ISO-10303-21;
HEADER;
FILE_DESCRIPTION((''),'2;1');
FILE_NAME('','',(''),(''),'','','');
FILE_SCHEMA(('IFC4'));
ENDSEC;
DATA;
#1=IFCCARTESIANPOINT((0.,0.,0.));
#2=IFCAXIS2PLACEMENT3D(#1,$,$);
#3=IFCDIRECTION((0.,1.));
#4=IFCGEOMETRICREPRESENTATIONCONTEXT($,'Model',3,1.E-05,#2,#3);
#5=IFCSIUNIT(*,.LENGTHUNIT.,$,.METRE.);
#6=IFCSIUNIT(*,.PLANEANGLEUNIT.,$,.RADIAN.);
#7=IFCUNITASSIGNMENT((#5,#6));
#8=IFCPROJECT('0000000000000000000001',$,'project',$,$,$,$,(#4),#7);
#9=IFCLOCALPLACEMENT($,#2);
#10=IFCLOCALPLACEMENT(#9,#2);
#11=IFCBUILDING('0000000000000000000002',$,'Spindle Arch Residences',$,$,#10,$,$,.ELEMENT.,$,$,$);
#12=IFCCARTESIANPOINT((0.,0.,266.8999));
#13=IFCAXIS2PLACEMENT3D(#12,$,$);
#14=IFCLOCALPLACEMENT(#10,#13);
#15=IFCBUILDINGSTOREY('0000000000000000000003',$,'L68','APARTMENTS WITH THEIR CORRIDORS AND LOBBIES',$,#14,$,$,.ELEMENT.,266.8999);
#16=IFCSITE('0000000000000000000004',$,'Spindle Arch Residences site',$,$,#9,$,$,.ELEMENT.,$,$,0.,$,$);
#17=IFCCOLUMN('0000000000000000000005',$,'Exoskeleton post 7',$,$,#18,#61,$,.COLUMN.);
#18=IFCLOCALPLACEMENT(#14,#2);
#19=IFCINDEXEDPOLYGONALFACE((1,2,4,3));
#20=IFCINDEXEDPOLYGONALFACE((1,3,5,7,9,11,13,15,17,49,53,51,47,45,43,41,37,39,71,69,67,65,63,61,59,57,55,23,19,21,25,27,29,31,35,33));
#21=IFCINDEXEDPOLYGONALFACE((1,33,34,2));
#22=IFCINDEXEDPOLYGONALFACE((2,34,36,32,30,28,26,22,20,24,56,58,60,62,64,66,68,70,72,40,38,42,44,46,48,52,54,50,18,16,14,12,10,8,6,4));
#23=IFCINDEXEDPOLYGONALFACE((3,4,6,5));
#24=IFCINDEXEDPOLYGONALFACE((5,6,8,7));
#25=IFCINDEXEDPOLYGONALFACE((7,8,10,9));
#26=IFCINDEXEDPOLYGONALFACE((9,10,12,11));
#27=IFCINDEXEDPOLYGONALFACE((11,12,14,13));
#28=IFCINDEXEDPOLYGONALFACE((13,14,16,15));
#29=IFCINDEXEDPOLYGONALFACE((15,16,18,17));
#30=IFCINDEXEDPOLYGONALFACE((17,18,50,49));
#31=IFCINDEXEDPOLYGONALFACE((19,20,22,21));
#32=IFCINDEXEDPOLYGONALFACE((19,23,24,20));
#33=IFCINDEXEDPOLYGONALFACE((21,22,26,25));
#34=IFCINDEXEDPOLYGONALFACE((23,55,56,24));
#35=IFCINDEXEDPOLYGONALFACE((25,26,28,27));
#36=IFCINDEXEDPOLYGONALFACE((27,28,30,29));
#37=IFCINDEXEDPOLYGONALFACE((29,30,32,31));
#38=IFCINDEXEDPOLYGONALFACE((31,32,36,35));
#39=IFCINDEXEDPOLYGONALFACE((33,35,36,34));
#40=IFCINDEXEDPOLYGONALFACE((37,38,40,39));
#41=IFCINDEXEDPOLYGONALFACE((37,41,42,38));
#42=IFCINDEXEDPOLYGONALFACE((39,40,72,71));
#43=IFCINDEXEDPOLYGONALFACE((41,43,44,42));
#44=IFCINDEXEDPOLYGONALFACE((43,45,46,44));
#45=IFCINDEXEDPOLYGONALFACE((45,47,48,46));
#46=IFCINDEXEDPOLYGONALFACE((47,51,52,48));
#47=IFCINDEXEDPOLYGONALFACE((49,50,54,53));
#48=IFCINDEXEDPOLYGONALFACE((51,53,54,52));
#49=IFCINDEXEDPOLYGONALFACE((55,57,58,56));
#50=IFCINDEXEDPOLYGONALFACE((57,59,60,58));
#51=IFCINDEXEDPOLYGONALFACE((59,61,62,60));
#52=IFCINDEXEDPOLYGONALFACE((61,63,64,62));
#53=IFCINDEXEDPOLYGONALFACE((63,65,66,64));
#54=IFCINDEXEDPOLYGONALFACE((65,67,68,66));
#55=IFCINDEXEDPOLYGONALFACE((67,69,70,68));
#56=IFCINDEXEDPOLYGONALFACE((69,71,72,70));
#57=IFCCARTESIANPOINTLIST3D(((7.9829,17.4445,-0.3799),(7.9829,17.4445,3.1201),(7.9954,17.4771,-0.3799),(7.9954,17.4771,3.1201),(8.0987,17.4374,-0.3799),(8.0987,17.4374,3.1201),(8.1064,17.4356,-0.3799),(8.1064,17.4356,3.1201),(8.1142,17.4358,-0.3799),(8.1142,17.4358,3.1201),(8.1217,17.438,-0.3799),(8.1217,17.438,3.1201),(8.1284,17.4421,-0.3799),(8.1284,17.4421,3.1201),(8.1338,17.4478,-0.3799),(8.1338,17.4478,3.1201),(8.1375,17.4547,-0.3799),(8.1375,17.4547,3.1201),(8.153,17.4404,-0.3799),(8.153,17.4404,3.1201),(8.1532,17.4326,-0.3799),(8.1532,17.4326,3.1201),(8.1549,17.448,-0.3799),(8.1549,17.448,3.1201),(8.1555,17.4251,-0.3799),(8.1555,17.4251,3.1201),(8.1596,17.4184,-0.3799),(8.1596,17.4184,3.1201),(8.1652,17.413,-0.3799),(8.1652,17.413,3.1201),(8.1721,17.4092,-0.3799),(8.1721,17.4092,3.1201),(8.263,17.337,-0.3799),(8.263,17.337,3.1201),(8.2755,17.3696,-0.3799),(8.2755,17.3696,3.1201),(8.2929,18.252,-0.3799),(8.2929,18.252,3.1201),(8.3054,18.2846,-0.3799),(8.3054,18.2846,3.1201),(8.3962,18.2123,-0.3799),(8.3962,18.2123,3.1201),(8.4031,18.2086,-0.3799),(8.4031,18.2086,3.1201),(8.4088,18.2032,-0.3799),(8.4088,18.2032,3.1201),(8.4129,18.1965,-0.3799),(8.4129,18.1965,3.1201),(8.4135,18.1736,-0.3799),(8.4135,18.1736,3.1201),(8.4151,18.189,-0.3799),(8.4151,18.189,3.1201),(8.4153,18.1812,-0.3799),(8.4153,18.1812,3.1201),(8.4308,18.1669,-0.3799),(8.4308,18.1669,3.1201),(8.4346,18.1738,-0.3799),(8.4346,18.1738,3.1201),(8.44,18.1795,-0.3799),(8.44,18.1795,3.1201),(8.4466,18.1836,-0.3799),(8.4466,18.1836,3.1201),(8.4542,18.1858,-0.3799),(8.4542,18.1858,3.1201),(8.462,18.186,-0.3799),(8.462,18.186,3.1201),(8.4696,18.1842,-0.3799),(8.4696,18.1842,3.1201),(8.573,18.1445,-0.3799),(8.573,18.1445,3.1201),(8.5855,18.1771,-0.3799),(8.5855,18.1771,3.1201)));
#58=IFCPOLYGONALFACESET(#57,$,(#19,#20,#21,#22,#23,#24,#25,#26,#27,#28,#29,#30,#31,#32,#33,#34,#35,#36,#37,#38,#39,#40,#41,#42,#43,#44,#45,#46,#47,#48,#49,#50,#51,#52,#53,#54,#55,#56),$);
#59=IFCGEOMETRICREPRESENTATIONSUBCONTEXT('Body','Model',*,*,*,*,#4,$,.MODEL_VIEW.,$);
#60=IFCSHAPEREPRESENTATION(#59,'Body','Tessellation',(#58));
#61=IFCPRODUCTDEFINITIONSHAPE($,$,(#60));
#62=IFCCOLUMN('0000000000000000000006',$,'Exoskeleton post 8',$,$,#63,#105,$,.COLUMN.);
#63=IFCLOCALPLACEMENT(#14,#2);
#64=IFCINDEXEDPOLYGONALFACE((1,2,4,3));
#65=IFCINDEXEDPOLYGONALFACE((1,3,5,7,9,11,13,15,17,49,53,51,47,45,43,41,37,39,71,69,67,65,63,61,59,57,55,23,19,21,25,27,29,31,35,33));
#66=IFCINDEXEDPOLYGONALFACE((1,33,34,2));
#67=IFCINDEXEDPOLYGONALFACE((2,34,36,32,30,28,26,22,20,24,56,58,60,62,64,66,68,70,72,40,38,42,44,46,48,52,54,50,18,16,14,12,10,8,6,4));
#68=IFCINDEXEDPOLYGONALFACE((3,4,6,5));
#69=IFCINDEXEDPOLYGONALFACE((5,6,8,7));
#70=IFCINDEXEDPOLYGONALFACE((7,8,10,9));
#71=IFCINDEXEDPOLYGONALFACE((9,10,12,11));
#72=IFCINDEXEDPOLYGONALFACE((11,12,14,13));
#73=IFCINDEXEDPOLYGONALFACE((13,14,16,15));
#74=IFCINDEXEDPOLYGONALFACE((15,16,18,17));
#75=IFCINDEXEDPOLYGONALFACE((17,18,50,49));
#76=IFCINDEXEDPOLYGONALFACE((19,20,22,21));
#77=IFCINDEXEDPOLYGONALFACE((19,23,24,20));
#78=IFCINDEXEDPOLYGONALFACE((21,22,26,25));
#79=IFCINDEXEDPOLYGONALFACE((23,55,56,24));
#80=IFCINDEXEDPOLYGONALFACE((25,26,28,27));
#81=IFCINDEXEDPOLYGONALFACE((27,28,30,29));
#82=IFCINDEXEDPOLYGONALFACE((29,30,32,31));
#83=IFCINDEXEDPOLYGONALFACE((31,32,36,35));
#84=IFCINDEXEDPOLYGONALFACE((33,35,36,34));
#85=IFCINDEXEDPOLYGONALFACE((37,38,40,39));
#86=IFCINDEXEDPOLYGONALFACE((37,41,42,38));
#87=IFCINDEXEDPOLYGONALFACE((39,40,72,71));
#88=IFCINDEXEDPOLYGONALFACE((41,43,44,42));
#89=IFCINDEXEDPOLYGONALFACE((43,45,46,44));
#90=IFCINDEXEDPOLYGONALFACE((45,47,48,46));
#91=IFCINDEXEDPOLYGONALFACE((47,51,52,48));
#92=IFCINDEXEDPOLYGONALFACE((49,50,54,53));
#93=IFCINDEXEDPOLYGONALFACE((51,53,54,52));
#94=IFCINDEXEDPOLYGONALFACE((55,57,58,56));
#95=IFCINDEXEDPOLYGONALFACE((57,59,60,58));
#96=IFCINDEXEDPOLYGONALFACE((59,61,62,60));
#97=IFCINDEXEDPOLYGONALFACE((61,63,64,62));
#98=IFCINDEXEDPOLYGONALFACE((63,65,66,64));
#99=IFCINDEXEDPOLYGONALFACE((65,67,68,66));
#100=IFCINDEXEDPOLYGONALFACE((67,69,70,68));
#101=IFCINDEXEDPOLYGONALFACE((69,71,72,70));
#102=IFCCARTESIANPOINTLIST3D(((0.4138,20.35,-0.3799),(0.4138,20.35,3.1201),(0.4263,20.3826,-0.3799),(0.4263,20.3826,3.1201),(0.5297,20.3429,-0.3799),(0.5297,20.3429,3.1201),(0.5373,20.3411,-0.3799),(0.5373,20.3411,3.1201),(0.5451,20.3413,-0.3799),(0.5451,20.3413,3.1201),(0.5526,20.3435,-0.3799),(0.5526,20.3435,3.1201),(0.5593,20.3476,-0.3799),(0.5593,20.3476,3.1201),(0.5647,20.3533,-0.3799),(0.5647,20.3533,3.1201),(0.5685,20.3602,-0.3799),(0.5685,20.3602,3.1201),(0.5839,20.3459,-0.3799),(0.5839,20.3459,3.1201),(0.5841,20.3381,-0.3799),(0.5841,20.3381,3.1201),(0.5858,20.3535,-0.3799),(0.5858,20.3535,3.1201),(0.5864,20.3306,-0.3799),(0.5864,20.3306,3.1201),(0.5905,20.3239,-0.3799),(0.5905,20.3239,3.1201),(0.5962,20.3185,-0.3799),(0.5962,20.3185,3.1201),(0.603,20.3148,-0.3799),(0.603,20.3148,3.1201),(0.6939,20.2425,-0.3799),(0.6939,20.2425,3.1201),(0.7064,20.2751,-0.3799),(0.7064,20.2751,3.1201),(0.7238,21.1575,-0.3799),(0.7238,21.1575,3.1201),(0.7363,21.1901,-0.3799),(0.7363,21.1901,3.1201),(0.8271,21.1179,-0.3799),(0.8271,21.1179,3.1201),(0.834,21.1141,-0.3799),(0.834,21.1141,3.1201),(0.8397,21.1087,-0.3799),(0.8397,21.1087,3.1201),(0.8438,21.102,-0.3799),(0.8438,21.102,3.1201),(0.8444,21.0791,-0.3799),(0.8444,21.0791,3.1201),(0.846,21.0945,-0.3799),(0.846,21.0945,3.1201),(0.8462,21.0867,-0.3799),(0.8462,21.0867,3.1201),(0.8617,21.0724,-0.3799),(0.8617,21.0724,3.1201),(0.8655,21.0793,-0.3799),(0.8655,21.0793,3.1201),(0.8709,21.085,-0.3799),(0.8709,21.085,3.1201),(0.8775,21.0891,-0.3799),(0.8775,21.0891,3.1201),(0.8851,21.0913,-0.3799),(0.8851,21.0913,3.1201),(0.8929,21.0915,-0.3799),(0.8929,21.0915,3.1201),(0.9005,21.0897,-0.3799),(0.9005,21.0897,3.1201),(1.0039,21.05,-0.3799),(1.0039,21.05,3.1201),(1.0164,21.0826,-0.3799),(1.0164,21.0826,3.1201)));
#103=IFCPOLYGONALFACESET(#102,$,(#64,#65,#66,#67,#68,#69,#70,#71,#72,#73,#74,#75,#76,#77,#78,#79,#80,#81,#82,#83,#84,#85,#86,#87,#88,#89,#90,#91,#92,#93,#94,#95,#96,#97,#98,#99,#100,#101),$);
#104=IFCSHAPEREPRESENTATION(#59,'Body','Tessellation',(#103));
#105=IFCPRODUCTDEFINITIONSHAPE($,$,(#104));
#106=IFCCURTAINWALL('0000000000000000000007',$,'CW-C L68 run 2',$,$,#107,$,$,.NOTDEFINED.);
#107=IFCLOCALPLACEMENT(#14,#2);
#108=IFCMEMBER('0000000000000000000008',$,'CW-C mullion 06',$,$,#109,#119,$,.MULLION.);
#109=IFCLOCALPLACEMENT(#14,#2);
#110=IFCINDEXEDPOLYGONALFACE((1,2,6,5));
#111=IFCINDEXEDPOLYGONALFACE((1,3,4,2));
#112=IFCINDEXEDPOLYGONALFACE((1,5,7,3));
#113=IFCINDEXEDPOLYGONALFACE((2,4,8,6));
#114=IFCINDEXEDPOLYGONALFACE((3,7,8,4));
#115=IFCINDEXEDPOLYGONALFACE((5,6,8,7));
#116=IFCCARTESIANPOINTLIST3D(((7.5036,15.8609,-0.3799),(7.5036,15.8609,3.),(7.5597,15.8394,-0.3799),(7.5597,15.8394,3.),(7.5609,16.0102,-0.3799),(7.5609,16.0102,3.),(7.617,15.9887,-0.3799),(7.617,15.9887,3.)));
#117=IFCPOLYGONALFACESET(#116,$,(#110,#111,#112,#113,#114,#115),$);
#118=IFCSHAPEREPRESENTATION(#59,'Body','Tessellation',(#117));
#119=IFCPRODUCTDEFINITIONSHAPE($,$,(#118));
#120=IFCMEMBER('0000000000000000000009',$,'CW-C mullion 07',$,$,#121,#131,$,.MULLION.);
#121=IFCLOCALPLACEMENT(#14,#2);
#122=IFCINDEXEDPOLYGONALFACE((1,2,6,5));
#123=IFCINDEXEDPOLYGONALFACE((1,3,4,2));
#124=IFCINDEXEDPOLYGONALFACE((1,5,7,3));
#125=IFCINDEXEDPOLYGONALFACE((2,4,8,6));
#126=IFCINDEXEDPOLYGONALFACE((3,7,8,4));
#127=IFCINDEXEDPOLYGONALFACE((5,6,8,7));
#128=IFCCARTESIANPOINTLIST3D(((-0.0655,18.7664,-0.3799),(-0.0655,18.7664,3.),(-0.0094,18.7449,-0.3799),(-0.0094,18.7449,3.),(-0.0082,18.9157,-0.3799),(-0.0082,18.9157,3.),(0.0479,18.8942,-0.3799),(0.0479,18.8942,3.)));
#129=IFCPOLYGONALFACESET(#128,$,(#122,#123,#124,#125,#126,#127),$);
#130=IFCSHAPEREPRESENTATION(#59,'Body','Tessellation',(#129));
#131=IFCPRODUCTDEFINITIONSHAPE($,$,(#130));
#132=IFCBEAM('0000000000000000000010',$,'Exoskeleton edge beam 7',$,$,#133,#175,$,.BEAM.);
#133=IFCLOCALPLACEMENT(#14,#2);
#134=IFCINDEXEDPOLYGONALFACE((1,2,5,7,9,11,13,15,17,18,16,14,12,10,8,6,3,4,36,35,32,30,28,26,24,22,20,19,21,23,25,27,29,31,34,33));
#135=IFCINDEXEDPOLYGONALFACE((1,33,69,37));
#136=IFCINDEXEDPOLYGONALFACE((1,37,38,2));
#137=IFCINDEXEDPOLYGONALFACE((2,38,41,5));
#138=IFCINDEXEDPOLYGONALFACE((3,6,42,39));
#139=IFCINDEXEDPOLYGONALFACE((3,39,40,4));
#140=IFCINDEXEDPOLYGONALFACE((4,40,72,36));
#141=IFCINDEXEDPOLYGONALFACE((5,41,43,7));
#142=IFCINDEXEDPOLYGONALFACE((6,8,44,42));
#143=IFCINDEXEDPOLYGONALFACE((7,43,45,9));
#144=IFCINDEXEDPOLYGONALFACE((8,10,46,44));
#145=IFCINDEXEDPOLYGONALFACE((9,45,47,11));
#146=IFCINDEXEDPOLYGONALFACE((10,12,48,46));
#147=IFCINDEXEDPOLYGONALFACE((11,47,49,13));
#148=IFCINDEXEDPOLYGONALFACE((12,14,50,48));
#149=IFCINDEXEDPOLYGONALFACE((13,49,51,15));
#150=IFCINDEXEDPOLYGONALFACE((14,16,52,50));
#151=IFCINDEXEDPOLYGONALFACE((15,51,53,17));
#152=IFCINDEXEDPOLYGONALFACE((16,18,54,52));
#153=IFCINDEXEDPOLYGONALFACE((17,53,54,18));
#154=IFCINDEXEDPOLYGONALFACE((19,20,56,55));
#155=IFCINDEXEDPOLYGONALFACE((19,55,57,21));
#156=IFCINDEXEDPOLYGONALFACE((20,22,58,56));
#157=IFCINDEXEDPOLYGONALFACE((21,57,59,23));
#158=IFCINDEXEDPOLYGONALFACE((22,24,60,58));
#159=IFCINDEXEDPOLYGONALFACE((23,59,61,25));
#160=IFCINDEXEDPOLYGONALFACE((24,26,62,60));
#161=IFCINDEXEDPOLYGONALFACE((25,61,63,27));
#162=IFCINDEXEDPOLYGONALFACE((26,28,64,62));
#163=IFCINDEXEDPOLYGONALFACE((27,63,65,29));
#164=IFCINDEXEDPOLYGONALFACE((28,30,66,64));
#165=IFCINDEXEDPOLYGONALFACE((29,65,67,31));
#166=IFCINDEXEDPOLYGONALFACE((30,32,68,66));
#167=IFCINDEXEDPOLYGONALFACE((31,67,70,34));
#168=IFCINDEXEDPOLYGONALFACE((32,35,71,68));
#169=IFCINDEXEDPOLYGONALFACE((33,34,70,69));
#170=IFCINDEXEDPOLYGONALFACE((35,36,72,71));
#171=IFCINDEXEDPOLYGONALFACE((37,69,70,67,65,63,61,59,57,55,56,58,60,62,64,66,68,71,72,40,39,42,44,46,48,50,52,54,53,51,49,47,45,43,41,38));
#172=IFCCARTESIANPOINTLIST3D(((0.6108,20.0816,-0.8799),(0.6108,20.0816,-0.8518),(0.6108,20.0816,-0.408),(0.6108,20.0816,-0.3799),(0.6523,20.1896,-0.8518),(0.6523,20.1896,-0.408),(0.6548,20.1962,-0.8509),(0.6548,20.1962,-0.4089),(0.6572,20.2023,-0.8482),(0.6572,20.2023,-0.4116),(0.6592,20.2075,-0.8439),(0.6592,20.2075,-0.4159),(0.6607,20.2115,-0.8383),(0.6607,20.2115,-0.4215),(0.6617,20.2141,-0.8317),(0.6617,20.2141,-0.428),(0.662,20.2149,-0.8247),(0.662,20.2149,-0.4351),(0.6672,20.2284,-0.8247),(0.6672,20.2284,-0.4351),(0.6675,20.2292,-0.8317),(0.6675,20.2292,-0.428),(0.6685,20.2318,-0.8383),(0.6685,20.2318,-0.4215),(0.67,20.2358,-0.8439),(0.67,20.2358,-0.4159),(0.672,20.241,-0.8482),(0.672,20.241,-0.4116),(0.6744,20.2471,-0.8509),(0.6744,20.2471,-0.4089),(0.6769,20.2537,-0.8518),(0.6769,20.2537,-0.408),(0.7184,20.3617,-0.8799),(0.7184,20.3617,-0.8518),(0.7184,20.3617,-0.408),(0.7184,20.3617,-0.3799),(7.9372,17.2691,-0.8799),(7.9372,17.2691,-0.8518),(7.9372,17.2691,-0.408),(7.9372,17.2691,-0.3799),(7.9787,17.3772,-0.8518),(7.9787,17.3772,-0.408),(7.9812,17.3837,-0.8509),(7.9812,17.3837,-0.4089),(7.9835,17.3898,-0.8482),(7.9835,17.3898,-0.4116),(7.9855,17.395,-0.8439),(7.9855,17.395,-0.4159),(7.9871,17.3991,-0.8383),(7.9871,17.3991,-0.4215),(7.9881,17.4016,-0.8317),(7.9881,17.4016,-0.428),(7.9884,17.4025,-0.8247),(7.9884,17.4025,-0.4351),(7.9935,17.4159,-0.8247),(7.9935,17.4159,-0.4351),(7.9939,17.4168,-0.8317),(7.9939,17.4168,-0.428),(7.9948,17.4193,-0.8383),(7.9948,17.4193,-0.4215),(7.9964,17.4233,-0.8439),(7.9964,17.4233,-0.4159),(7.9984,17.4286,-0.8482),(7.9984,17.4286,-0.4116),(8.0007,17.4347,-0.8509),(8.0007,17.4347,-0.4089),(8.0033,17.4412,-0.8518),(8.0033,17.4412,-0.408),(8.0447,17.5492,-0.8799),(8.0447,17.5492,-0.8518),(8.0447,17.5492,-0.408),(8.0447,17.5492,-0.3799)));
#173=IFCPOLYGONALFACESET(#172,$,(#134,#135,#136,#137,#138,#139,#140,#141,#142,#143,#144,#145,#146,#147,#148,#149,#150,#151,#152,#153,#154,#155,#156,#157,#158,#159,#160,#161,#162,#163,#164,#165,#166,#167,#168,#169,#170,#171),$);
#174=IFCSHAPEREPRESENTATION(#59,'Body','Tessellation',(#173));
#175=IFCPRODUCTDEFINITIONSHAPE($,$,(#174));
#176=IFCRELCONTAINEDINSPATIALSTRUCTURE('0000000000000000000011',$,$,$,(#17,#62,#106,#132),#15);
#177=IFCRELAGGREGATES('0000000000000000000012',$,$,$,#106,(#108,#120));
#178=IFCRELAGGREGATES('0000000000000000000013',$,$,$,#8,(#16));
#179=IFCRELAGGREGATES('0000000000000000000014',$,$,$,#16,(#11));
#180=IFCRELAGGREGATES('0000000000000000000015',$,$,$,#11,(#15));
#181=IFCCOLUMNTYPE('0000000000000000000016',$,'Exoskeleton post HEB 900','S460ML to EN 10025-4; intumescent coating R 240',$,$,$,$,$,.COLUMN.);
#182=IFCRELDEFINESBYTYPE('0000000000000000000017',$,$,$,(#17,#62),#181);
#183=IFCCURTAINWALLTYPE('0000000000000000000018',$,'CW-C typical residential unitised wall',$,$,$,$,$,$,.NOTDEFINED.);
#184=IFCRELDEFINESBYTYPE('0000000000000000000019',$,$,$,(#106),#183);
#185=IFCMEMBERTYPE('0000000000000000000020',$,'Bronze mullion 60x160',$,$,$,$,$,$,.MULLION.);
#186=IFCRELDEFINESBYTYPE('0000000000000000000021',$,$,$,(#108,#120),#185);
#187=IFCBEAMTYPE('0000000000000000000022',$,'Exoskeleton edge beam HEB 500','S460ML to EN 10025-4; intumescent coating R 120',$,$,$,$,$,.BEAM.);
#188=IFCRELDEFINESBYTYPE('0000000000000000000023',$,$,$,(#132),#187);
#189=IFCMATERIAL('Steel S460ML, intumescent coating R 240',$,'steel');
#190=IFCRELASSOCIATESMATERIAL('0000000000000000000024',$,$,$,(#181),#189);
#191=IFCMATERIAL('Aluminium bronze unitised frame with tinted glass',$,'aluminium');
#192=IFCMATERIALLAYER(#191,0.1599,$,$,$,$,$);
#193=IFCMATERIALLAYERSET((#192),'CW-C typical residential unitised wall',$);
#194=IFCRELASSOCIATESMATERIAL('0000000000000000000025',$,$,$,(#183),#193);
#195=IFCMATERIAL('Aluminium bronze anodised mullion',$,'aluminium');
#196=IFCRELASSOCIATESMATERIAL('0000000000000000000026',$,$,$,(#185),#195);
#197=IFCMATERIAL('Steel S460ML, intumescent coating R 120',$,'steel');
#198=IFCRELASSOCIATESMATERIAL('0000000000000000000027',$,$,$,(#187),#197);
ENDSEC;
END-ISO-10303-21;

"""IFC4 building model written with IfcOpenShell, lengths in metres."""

from ifc_helpers import new_model, si_unit, direction, frame, origin, origin_2d, place, context, subcontext, project, spatial, rectangle, i_section, extrude, material, layer, layer_set, material_profile, profile_set, type_object, element, aggregate, save


model = new_model("IFC4")

# Units and contexts
model_context = context("Model", 3, precision=1e-05, world=origin(), true_north=direction((0.0, 1.0)))
body_context = subcontext(model_context, "Body", "Model", "MODEL_VIEW")
ifc_project = project(units=[si_unit("LENGTHUNIT", "METRE"), si_unit("PLANEANGLEUNIT", "RADIAN")], contexts=[model_context])

# Site, building, storey
site_placement = place(None, origin())
site = spatial("IfcSite", under=ifc_project, at=site_placement, Name="Spindle Arch Residences site", CompositionType="ELEMENT", RefElevation=0.0)
building_placement = place(site_placement, origin())
building = spatial("IfcBuilding", under=site, at=building_placement, Name="Spindle Arch Residences", CompositionType="ELEMENT")
storey_placement = place(building_placement, frame((0.0, 0.0, 266.8999)))
storey = spatial("IfcBuildingStorey", under=building, at=storey_placement, Name="L68", Description="APARTMENTS WITH THEIR CORRIDORS AND LOBBIES", CompositionType="ELEMENT", Elevation=266.8999)

# Columns
ifc_material_1 = material(Name="Steel S460ML, intumescent coating R 240", Category="steel")
ifc_material_profile_1 = material_profile(ifc_material_1, i_section(OverallWidth=0.3, OverallDepth=0.8999, WebThickness=0.0186, FlangeThickness=0.0349, FilletRadius=0.03, at=origin_2d()), Name="HEB 900")
ifc_profile_set_1 = profile_set([ifc_material_profile_1], Name="Steel S460ML, intumescent coating R 240")
column_type = type_object("IfcColumnType", Name="Exoskeleton post HEB 900", Description="S460ML to EN 10025-4; intumescent coating R 240", PredefinedType="COLUMN", material=ifc_profile_set_1)
for number, where, z_axis, x_axis, name in (
    (1, (8.2842, 17.8108, -0.3799), (0.0, 0.0, 1.0), (0.93358, -0.358368, 0.0), "Exoskeleton post 7"),
    (2, (0.7151, 20.7163, -0.3799), (0.0, 0.0, 1.0), (0.93358, -0.358368, 0.0), "Exoskeleton post 8"),
):
    element("IfcColumn", number, at=place(storey_placement, frame(where, z_axis=z_axis, x_axis=x_axis)), inside=storey, type_object=column_type, Name=name, PredefinedType="COLUMN", context=body_context, shape_type="SweptSolid", body=[
        extrude(i_section(OverallWidth=0.3, OverallDepth=0.8999, WebThickness=0.0186, FlangeThickness=0.0349, FilletRadius=0.03, at=origin_2d()), origin(), (0.0, 0.0, 1.0), 3.5),
    ])

# Curtain wall, members
ifc_material_2 = material(Name="Aluminium bronze unitised frame with tinted glass", Category="aluminium")
ifc_layer_1 = layer(ifc_material_2, 0.1599)
ifc_layer_set_1 = layer_set([ifc_layer_1], Name="CW-C typical residential unitised wall")
curtain_wall_type = type_object("IfcCurtainWallType", Name="CW-C typical residential unitised wall", PredefinedType="NOTDEFINED", material=ifc_layer_set_1)
curtain_wall_placement = place(storey_placement, origin())
curtain_wall = element("IfcCurtainWall", 3, at=curtain_wall_placement, inside=storey, type_object=curtain_wall_type, Name="CW-C L68 run 2", PredefinedType="NOTDEFINED")
ifc_material_3 = material(Name="Aluminium bronze anodised mullion", Category="aluminium")
ifc_material_profile_2 = material_profile(ifc_material_3, rectangle(XDim=0.1599, YDim=0.0601, at=origin_2d()), Name="MU 60x160")
ifc_profile_set_2 = profile_set([ifc_material_profile_2], Name="Aluminium bronze anodised mullion")
member_type = type_object("IfcMemberType", Name="Bronze mullion 60x160", PredefinedType="MULLION", material=ifc_profile_set_2)
member_1_placement = place(storey_placement, frame((7.5603, 15.9248, -0.3799), z_axis=(0.0, 0.0, 1.0), x_axis=(-0.358368, -0.93358, 0.0)))
member_1 = element("IfcMember", 4, at=member_1_placement, type_object=member_type, Name="CW-C mullion 06", PredefinedType="MULLION", context=body_context, shape_type="SweptSolid", body=[
    extrude(rectangle(XDim=0.1599, YDim=0.0601, at=origin_2d()), origin(), (0.0, 0.0, 1.0), 3.3799),
])
member_2_placement = place(storey_placement, frame((-0.0088, 18.8303, -0.3799), z_axis=(0.0, 0.0, 1.0), x_axis=(-0.358368, -0.93358, 0.0)))
member_2 = element("IfcMember", 5, at=member_2_placement, type_object=member_type, Name="CW-C mullion 07", PredefinedType="MULLION", context=body_context, shape_type="SweptSolid", body=[
    extrude(rectangle(XDim=0.1599, YDim=0.0601, at=origin_2d()), origin(), (0.0, 0.0, 1.0), 3.3799),
])

# Beam
ifc_material_4 = material(Name="Steel S460ML, intumescent coating R 120", Category="steel")
ifc_material_profile_3 = material_profile(ifc_material_4, i_section(OverallWidth=0.3, OverallDepth=0.5, WebThickness=0.0144, FlangeThickness=0.0281, FilletRadius=0.0271, at=origin_2d()), Name="HEB 500")
ifc_profile_set_3 = profile_set([ifc_material_profile_3], Name="Steel S460ML, intumescent coating R 120")
beam_type_1 = type_object("IfcBeamType", Name="Exoskeleton edge beam HEB 500", Description="S460ML to EN 10025-4; intumescent coating R 120", PredefinedType="BEAM", material=ifc_profile_set_3)
for number, where, z_axis, x_axis, name in (
    (6, (7.991, 17.4092, -0.6299), (-0.933574, 0.358385, 0.0), (-0.358385, -0.933574, 0.0), "Exoskeleton edge beam 7"),
):
    element("IfcBeam", number, at=place(storey_placement, frame(where, z_axis=z_axis, x_axis=x_axis)), inside=storey, type_object=beam_type_1, Name=name, PredefinedType="BEAM", context=body_context, shape_type="SweptSolid", body=[
        extrude(i_section(OverallWidth=0.3, OverallDepth=0.5, WebThickness=0.0144, FlangeThickness=0.0281, FilletRadius=0.0271, at=origin_2d()), origin(), (0.0, 0.0, 1.0), 7.8477),
    ])

aggregate(curtain_wall, [member_1, member_2])

save(model, "model.ifc")
